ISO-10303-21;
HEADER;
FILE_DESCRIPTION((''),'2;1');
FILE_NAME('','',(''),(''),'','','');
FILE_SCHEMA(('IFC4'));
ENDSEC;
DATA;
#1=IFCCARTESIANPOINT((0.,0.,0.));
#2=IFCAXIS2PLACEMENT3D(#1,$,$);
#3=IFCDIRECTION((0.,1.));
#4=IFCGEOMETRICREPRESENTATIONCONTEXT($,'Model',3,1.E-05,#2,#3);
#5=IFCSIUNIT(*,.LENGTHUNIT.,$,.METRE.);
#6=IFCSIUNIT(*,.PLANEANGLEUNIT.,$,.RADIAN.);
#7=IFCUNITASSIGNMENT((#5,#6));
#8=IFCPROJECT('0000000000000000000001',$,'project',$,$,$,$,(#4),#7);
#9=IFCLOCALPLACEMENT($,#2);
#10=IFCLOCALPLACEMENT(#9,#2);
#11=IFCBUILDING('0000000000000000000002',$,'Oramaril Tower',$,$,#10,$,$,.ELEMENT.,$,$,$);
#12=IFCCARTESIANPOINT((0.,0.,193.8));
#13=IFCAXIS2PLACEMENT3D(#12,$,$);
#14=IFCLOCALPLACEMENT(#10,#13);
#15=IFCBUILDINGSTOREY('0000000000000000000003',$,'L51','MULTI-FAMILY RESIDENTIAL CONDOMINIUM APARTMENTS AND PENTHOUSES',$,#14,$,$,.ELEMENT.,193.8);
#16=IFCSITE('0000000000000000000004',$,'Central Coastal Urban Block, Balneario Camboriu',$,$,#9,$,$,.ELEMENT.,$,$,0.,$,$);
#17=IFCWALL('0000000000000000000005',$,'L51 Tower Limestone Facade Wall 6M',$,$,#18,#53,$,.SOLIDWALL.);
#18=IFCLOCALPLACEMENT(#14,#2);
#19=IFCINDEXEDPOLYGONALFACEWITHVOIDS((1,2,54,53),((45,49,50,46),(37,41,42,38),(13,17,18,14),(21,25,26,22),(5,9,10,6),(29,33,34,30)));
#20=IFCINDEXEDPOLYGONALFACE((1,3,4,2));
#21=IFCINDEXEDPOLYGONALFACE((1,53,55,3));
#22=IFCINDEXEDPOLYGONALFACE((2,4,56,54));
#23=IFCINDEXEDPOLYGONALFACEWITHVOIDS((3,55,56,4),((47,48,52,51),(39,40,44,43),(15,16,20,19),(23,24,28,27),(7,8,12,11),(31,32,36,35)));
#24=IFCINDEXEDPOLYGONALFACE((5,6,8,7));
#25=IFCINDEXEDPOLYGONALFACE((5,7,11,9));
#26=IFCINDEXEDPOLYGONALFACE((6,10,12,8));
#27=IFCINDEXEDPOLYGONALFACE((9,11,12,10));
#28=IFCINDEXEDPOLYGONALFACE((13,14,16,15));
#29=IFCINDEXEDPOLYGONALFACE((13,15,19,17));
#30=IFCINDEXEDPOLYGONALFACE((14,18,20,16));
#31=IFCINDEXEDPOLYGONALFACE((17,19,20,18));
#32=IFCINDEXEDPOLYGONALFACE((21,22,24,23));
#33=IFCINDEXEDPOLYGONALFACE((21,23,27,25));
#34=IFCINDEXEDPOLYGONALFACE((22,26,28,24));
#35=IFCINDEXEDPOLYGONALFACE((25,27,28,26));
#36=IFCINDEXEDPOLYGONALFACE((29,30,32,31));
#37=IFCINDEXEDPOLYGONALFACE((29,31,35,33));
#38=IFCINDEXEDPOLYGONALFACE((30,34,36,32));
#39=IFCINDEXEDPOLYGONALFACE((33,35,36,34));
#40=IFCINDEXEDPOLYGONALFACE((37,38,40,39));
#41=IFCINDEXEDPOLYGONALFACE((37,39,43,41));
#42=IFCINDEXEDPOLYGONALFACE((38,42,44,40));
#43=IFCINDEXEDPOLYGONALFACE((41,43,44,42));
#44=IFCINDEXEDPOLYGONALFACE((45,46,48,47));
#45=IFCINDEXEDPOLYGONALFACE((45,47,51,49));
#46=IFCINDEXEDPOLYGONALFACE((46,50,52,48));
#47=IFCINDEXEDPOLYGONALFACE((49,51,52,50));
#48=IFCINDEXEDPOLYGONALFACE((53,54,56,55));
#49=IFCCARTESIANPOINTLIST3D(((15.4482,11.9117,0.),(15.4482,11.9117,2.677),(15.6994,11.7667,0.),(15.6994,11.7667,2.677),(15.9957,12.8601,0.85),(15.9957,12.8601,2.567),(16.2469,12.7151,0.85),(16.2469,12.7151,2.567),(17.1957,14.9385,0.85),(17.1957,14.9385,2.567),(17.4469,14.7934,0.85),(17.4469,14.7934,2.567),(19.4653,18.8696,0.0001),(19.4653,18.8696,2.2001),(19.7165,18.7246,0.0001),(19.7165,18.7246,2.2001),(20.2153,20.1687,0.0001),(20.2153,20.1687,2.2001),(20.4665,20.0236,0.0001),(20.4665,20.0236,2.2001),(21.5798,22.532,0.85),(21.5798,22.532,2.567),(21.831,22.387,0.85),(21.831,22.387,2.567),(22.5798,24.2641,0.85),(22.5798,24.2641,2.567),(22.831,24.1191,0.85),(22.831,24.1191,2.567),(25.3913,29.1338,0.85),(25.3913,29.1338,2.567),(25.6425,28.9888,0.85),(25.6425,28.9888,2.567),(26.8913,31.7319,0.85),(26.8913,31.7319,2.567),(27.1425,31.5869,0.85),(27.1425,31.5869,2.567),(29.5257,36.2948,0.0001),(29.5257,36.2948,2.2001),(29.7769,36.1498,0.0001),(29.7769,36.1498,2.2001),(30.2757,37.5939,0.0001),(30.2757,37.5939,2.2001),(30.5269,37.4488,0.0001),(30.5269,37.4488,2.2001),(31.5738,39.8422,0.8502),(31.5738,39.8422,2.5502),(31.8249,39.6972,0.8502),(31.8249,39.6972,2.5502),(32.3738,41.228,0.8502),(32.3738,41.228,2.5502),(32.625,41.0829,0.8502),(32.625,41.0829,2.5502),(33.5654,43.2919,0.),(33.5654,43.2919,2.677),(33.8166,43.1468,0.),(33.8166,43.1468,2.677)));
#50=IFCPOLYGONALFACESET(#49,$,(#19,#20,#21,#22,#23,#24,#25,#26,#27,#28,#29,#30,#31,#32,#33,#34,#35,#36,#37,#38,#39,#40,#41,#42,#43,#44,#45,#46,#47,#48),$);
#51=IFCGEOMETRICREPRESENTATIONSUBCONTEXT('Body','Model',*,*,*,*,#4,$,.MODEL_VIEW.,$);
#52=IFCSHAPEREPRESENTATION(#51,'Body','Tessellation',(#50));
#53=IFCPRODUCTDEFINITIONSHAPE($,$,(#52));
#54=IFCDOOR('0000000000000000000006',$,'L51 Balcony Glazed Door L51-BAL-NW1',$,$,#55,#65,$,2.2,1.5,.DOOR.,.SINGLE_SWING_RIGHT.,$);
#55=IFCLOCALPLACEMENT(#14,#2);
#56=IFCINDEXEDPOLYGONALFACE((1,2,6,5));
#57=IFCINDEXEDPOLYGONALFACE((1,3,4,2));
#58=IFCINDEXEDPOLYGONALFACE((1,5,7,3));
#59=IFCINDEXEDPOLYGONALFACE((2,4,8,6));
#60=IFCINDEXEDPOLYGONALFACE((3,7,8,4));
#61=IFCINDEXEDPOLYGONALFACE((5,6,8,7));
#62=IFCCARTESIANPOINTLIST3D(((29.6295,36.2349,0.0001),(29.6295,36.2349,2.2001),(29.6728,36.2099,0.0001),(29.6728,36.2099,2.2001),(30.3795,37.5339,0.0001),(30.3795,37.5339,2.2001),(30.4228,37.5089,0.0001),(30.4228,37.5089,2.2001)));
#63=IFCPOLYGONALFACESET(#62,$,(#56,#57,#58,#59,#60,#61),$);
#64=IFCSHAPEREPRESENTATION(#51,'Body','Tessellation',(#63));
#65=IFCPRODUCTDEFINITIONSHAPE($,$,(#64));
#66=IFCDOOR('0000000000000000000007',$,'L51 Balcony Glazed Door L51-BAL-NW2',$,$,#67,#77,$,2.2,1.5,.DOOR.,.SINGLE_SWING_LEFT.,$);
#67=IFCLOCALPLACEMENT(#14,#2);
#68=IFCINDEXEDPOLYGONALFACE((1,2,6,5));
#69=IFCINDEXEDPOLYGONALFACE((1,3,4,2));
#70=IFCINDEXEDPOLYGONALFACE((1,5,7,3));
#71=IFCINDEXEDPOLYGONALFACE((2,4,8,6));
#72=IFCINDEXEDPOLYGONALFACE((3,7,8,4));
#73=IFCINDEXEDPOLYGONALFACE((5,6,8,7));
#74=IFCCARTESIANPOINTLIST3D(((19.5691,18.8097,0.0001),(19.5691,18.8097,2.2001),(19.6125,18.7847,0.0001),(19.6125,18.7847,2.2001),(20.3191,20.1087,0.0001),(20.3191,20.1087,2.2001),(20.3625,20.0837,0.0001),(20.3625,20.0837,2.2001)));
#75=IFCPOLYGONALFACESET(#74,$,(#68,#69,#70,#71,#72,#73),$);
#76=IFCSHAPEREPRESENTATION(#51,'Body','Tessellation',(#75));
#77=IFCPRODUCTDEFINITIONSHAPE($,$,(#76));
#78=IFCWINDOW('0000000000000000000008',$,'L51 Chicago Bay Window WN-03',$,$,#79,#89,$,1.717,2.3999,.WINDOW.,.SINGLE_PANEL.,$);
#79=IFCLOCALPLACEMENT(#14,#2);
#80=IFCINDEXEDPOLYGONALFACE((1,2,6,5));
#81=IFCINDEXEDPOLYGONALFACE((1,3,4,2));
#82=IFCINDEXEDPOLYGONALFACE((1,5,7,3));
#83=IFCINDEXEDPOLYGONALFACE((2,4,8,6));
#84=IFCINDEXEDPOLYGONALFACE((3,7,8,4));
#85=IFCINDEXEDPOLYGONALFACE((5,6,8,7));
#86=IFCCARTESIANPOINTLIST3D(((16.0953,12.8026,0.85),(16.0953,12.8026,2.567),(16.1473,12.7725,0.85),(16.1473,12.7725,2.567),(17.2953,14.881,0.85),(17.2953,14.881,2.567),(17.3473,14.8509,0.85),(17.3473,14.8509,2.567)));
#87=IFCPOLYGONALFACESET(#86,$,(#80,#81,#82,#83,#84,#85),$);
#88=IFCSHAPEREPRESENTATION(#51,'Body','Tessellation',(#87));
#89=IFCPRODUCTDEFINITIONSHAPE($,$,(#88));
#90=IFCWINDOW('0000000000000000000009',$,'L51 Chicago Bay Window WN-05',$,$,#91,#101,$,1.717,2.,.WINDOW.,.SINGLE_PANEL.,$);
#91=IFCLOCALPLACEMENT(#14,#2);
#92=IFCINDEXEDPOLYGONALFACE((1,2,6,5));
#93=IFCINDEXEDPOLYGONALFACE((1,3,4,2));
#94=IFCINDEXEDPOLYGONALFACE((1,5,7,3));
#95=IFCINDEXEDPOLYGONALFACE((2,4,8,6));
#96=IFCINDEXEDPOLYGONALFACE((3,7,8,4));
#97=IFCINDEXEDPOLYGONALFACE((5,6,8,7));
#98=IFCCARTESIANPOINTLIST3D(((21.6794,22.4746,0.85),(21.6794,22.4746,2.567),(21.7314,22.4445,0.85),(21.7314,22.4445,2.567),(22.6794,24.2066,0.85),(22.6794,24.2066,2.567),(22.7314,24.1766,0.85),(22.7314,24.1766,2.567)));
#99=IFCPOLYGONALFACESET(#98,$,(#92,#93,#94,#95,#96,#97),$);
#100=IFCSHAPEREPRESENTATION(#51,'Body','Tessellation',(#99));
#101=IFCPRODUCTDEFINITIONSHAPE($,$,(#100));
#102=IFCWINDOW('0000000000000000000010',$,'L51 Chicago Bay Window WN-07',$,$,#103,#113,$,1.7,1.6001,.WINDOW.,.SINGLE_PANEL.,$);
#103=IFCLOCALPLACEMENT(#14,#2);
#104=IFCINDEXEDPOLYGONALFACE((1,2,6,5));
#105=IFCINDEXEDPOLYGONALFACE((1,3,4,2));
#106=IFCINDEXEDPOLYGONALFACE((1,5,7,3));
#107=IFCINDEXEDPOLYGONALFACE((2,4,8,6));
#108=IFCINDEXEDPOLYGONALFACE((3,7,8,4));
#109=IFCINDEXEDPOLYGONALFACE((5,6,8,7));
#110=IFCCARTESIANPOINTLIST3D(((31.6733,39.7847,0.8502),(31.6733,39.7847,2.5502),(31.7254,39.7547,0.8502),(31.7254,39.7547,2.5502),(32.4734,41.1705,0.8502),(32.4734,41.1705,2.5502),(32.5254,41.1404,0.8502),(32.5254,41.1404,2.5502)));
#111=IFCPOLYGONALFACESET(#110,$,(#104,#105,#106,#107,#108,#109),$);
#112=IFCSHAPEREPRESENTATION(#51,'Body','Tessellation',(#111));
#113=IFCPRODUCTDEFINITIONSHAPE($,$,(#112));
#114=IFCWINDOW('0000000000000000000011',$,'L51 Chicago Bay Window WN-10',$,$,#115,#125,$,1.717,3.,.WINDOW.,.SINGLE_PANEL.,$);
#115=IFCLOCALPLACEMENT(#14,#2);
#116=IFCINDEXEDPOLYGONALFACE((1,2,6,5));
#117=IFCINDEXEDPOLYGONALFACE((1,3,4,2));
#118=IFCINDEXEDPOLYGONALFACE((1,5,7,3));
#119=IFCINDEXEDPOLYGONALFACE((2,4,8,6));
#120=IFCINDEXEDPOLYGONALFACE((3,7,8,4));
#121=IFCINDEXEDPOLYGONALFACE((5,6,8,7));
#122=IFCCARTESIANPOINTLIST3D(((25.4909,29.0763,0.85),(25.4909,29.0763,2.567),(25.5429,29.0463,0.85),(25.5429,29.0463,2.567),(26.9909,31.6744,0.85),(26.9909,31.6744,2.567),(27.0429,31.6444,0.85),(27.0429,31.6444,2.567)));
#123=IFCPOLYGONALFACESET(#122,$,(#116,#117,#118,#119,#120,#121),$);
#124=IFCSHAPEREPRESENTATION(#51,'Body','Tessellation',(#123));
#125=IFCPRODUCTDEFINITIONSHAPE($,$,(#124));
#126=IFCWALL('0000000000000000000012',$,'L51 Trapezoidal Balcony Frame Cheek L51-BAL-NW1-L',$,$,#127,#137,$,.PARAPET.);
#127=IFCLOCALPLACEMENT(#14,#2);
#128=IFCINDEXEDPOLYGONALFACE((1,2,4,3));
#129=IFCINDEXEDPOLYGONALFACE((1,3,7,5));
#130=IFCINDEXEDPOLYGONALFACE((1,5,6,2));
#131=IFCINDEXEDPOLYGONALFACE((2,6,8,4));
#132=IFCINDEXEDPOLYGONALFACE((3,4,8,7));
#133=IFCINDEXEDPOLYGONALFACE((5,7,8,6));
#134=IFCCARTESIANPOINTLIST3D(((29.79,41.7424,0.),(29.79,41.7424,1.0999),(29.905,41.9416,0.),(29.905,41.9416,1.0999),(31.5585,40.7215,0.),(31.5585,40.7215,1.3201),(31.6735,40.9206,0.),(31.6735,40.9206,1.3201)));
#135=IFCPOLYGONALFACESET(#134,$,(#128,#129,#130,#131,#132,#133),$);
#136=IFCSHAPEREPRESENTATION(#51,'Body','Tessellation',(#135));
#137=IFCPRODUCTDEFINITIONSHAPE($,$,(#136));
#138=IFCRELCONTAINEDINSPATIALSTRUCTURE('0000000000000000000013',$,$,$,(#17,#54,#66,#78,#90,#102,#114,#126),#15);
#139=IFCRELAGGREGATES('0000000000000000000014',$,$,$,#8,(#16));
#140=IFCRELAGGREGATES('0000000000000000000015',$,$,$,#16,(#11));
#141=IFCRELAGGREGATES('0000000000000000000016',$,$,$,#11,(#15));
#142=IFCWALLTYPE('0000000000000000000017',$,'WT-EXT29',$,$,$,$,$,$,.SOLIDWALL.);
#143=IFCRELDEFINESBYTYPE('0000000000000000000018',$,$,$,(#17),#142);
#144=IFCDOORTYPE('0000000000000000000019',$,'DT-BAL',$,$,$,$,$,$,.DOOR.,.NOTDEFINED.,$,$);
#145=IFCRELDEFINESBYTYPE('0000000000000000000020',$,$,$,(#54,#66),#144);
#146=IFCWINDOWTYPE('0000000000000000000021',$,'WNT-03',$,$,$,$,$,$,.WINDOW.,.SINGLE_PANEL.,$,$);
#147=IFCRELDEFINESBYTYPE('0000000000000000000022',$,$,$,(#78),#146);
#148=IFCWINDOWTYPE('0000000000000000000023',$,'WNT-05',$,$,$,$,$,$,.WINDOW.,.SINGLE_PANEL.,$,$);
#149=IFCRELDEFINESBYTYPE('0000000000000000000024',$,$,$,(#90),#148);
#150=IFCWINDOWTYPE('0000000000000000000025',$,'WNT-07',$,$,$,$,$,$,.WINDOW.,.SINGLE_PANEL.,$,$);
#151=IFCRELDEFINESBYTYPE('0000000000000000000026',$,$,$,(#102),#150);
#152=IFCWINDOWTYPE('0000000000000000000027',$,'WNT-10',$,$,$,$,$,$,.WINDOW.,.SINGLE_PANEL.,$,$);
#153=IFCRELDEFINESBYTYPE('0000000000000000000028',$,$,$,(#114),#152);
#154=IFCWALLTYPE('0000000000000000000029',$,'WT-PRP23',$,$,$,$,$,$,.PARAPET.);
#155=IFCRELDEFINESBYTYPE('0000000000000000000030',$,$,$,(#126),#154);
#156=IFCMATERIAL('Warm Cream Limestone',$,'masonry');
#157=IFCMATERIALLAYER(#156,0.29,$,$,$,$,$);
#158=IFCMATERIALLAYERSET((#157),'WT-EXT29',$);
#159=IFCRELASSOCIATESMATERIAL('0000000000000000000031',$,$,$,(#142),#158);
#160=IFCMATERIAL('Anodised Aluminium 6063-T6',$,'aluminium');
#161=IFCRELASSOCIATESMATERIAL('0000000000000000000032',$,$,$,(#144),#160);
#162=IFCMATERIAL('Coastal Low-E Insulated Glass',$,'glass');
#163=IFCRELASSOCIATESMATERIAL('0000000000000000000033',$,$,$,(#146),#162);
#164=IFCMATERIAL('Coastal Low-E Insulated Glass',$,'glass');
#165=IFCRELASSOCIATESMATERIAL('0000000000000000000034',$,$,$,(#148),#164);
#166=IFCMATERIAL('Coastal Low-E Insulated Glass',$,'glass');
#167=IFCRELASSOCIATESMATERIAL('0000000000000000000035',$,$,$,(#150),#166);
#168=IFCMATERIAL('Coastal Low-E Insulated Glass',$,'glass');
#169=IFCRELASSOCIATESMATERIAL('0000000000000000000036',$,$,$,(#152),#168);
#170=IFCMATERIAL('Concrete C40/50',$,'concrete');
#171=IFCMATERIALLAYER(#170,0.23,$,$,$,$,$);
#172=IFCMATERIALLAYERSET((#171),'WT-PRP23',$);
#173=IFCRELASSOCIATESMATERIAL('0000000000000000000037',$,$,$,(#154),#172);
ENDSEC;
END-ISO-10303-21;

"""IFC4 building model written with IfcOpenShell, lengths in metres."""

from ifc_helpers import new_model, si_unit, direction, frame, frame_2d, origin, place, context, subcontext, project, spatial, polyline, rectangle, outline, extrude, material, layer, layer_set, type_object, element, fill, save


model = new_model("IFC4")

# Units and contexts
model_context = context("Model", 3, precision=1e-05, world=origin(), true_north=direction((0.0, 1.0)))
body_context = subcontext(model_context, "Body", "Model", "MODEL_VIEW")
ifc_project = project(units=[si_unit("LENGTHUNIT", "METRE"), si_unit("PLANEANGLEUNIT", "RADIAN")], contexts=[model_context])

# Site, building, storey
site_placement = place(None, origin())
site = spatial("IfcSite", under=ifc_project, at=site_placement, Name="Central Coastal Urban Block, Balneario Camboriu", CompositionType="ELEMENT", RefElevation=0.0)
building_placement = place(site_placement, origin())
building = spatial("IfcBuilding", under=site, at=building_placement, Name="Oramaril Tower", CompositionType="ELEMENT")
storey_placement = place(building_placement, frame((0.0, 0.0, 193.8)))
storey = spatial("IfcBuildingStorey", under=building, at=storey_placement, Name="L51", Description="MULTI-FAMILY RESIDENTIAL CONDOMINIUM APARTMENTS AND PENTHOUSES", CompositionType="ELEMENT", Elevation=193.8)

# Shared definitions
ifc_material_1 = material(Name="Warm Cream Limestone", Category="masonry")
ifc_layer_1 = layer(ifc_material_1, 0.29)
ifc_layer_set_1 = layer_set([ifc_layer_1], Name="WT-EXT29")
wall_type_1 = type_object("IfcWallType", Name="WT-EXT29", PredefinedType="SOLIDWALL", material=ifc_layer_set_1)

# Wall, openings, doors, windows
wall_1_placement = place(storey_placement, frame((33.6909, 43.2192, 0.0), z_axis=(0.0, 0.0, 1.0), x_axis=(-0.499997, -0.866027, 0.0)))
wall_1 = element("IfcWall", 1, at=wall_1_placement, inside=storey, type_object=wall_type_1, Name="L51 Tower Limestone Facade Wall 6M", PredefinedType="SOLIDWALL", context=body_context, shape_type="SweptSolid", body=[
    extrude(rectangle(XDim=36.2346, YDim=0.29, at=frame_2d((18.1172, 0.0))), origin(), (0.0, 0.0, 1.0), 2.677),
])
opening_1_placement = place(wall_1_placement, frame((6.5793, 0.0, 0.0)))
opening_1 = element("IfcOpeningElement", 2, at=opening_1_placement, cuts=wall_1, PredefinedType="OPENING", context=body_context, shape_type="SweptSolid", body=[
    extrude(rectangle(XDim=1.5, YDim=2.2, at=frame_2d((0.75, 1.1001))), frame((0.0, 0.145, 0.0), z_axis=(0.0, -1.0, 0.0), x_axis=(1.0, 0.0, 0.0)), (0.0, 0.0, 1.0), 0.29),
])
opening_2_placement = place(wall_1_placement, frame((26.7002, 0.0, 0.0)))
opening_2 = element("IfcOpeningElement", 3, at=opening_2_placement, cuts=wall_1, PredefinedType="OPENING", context=body_context, shape_type="SweptSolid", body=[
    extrude(rectangle(XDim=1.5, YDim=2.2, at=frame_2d((0.75, 1.1001))), frame((0.0, 0.145, 0.0), z_axis=(0.0, -1.0, 0.0), x_axis=(1.0, 0.0, 0.0)), (0.0, 0.0, 1.0), 0.29),
])
opening_3_placement = place(wall_1_placement, frame((32.7395, 0.0, 0.8501)))
opening_3 = element("IfcOpeningElement", 4, at=opening_3_placement, cuts=wall_1, PredefinedType="OPENING", context=body_context, shape_type="SweptSolid", body=[
    extrude(rectangle(XDim=2.3999, YDim=1.717, at=frame_2d((1.2, 0.8584))), frame((0.0, 0.145, 0.0), z_axis=(0.0, -1.0, 0.0), x_axis=(1.0, 0.0, 0.0)), (0.0, 0.0, 1.0), 0.29),
])
opening_4_placement = place(wall_1_placement, frame((21.9712, 0.0, 0.8501)))
opening_4 = element("IfcOpeningElement", 5, at=opening_4_placement, cuts=wall_1, PredefinedType="OPENING", context=body_context, shape_type="SweptSolid", body=[
    extrude(rectangle(XDim=2.0, YDim=1.717, at=frame_2d((1.0, 0.8584))), frame((0.0, 0.145, 0.0), z_axis=(0.0, -1.0, 0.0), x_axis=(1.0, 0.0, 0.0)), (0.0, 0.0, 1.0), 0.29),
])
opening_5_placement = place(wall_1_placement, frame((2.3831, 0.0, 0.8501)))
opening_5 = element("IfcOpeningElement", 6, at=opening_5_placement, cuts=wall_1, PredefinedType="OPENING", context=body_context, shape_type="SweptSolid", body=[
    extrude(rectangle(XDim=1.6001, YDim=1.7, at=frame_2d((0.8, 0.8501))), frame((0.0, 0.145, 0.0), z_axis=(0.0, -1.0, 0.0), x_axis=(1.0, 0.0, 0.0)), (0.0, 0.0, 1.0), 0.29),
])
opening_6_placement = place(wall_1_placement, frame((13.3481, 0.0, 0.8501)))
opening_6 = element("IfcOpeningElement", 7, at=opening_6_placement, cuts=wall_1, PredefinedType="OPENING", context=body_context, shape_type="SweptSolid", body=[
    extrude(rectangle(XDim=3.0, YDim=1.717, at=frame_2d((1.5, 0.8584))), frame((0.0, 0.145, 0.0), z_axis=(0.0, -1.0, 0.0), x_axis=(1.0, 0.0, 0.0)), (0.0, 0.0, 1.0), 0.29),
])
ifc_material_2 = material(Name="Anodised Aluminium 6063-T6", Category="aluminium")
door_type_1 = type_object("IfcDoorType", Name="DT-BAL", OperationType="NOTDEFINED", PredefinedType="DOOR", material=ifc_material_2)
door_1_placement = place(opening_1_placement, origin())
door_1 = element("IfcDoor", 8, at=door_1_placement, inside=storey, type_object=door_type_1, Name="L51 Balcony Glazed Door L51-BAL-NW1", OperationType="SINGLE_SWING_RIGHT", OverallHeight=2.2, OverallWidth=1.5, PredefinedType="DOOR", context=body_context, shape_type="SweptSolid", body=[
    extrude(rectangle(XDim=1.5, YDim=2.2, at=frame_2d((0.75, 1.1001))), frame((0.0, 0.0249, 0.0), z_axis=(0.0, -1.0, 0.0), x_axis=(1.0, 0.0, 0.0)), (0.0, 0.0, 1.0), 0.05),
])
fill(opening_1, door_1)
door_2_placement = place(opening_2_placement, origin())
door_2 = element("IfcDoor", 9, at=door_2_placement, inside=storey, type_object=door_type_1, Name="L51 Balcony Glazed Door L51-BAL-NW2", OperationType="SINGLE_SWING_LEFT", OverallHeight=2.2, OverallWidth=1.5, PredefinedType="DOOR", context=body_context, shape_type="SweptSolid", body=[
    extrude(rectangle(XDim=1.5, YDim=2.2, at=frame_2d((0.75, 1.1001))), frame((0.0, 0.0249, 0.0), z_axis=(0.0, -1.0, 0.0), x_axis=(1.0, 0.0, 0.0)), (0.0, 0.0, 1.0), 0.05),
])
fill(opening_2, door_2)
ifc_material_3 = material(Name="Coastal Low-E Insulated Glass", Category="glass")
window_type_1 = type_object("IfcWindowType", Name="WNT-03", PartitioningType="SINGLE_PANEL", PredefinedType="WINDOW", material=ifc_material_3)
window_1_placement = place(opening_3_placement, origin())
window_1 = element("IfcWindow", 10, at=window_1_placement, inside=storey, type_object=window_type_1, Name="L51 Chicago Bay Window WN-03", OverallHeight=1.717, OverallWidth=2.3999, PartitioningType="SINGLE_PANEL", PredefinedType="WINDOW", context=body_context, shape_type="SweptSolid", body=[
    extrude(rectangle(XDim=2.3999, YDim=1.717, at=frame_2d((1.2, 0.8584))), frame((0.0, 0.03, 0.0), z_axis=(0.0, -1.0, 0.0), x_axis=(1.0, 0.0, 0.0)), (0.0, 0.0, 1.0), 0.0601),
])
fill(opening_3, window_1)
ifc_material_4 = material(Name="Coastal Low-E Insulated Glass", Category="glass")
window_type_2 = type_object("IfcWindowType", Name="WNT-05", PartitioningType="SINGLE_PANEL", PredefinedType="WINDOW", material=ifc_material_4)
window_2_placement = place(opening_4_placement, origin())
window_2 = element("IfcWindow", 11, at=window_2_placement, inside=storey, type_object=window_type_2, Name="L51 Chicago Bay Window WN-05", OverallHeight=1.717, OverallWidth=2.0, PartitioningType="SINGLE_PANEL", PredefinedType="WINDOW", context=body_context, shape_type="SweptSolid", body=[
    extrude(rectangle(XDim=2.0, YDim=1.717, at=frame_2d((1.0, 0.8584))), frame((0.0, 0.03, 0.0), z_axis=(0.0, -1.0, 0.0), x_axis=(1.0, 0.0, 0.0)), (0.0, 0.0, 1.0), 0.0601),
])
fill(opening_4, window_2)
ifc_material_5 = material(Name="Coastal Low-E Insulated Glass", Category="glass")
window_type_3 = type_object("IfcWindowType", Name="WNT-07", PartitioningType="SINGLE_PANEL", PredefinedType="WINDOW", material=ifc_material_5)
window_3_placement = place(opening_5_placement, origin())
window_3 = element("IfcWindow", 12, at=window_3_placement, inside=storey, type_object=window_type_3, Name="L51 Chicago Bay Window WN-07", OverallHeight=1.7, OverallWidth=1.6001, PartitioningType="SINGLE_PANEL", PredefinedType="WINDOW", context=body_context, shape_type="SweptSolid", body=[
    extrude(rectangle(XDim=1.6001, YDim=1.7, at=frame_2d((0.8, 0.8501))), frame((0.0, 0.03, 0.0), z_axis=(0.0, -1.0, 0.0), x_axis=(1.0, 0.0, 0.0)), (0.0, 0.0, 1.0), 0.0601),
])
fill(opening_5, window_3)
ifc_material_6 = material(Name="Coastal Low-E Insulated Glass", Category="glass")
window_type_4 = type_object("IfcWindowType", Name="WNT-10", PartitioningType="SINGLE_PANEL", PredefinedType="WINDOW", material=ifc_material_6)
window_4_placement = place(opening_6_placement, origin())
window_4 = element("IfcWindow", 13, at=window_4_placement, inside=storey, type_object=window_type_4, Name="L51 Chicago Bay Window WN-10", OverallHeight=1.717, OverallWidth=3.0, PartitioningType="SINGLE_PANEL", PredefinedType="WINDOW", context=body_context, shape_type="SweptSolid", body=[
    extrude(rectangle(XDim=3.0, YDim=1.717, at=frame_2d((1.5, 0.8584))), frame((0.0, 0.03, 0.0), z_axis=(0.0, -1.0, 0.0), x_axis=(1.0, 0.0, 0.0)), (0.0, 0.0, 1.0), 0.0601),
])
fill(opening_6, window_4)

# Wall
ifc_material_7 = material(Name="Concrete C40/50", Category="concrete")
ifc_layer_2 = layer(ifc_material_7, 0.23)
ifc_layer_set_2 = layer_set([ifc_layer_2], Name="WT-PRP23")
wall_type_2 = type_object("IfcWallType", Name="WT-PRP23", PredefinedType="PARAPET", material=ifc_layer_set_2)
wall_2_placement = place(storey_placement, frame((31.616, 40.821, 0.0), z_axis=(0.0, 0.0, 1.0), x_axis=(-0.866042, 0.499971, 0.0)))
element("IfcWall", 14, at=wall_2_placement, inside=storey, type_object=wall_type_2, Name="L51 Trapezoidal Balcony Frame Cheek L51-BAL-NW1-L", PredefinedType="PARAPET", context=body_context, shape_type="SweptSolid", body=[
    extrude(outline(polyline([(0.0, 0.0), (2.042, 0.0), (2.042, 1.0999), (0.0, 1.3201), (0.0, 0.0)])), frame((0.0, 0.115, 0.0), z_axis=(0.0, -1.0, 0.0), x_axis=(1.0, 0.0, 0.0)), (0.0, 0.0, 1.0), 0.23),
])

save(model, "model.ifc")
